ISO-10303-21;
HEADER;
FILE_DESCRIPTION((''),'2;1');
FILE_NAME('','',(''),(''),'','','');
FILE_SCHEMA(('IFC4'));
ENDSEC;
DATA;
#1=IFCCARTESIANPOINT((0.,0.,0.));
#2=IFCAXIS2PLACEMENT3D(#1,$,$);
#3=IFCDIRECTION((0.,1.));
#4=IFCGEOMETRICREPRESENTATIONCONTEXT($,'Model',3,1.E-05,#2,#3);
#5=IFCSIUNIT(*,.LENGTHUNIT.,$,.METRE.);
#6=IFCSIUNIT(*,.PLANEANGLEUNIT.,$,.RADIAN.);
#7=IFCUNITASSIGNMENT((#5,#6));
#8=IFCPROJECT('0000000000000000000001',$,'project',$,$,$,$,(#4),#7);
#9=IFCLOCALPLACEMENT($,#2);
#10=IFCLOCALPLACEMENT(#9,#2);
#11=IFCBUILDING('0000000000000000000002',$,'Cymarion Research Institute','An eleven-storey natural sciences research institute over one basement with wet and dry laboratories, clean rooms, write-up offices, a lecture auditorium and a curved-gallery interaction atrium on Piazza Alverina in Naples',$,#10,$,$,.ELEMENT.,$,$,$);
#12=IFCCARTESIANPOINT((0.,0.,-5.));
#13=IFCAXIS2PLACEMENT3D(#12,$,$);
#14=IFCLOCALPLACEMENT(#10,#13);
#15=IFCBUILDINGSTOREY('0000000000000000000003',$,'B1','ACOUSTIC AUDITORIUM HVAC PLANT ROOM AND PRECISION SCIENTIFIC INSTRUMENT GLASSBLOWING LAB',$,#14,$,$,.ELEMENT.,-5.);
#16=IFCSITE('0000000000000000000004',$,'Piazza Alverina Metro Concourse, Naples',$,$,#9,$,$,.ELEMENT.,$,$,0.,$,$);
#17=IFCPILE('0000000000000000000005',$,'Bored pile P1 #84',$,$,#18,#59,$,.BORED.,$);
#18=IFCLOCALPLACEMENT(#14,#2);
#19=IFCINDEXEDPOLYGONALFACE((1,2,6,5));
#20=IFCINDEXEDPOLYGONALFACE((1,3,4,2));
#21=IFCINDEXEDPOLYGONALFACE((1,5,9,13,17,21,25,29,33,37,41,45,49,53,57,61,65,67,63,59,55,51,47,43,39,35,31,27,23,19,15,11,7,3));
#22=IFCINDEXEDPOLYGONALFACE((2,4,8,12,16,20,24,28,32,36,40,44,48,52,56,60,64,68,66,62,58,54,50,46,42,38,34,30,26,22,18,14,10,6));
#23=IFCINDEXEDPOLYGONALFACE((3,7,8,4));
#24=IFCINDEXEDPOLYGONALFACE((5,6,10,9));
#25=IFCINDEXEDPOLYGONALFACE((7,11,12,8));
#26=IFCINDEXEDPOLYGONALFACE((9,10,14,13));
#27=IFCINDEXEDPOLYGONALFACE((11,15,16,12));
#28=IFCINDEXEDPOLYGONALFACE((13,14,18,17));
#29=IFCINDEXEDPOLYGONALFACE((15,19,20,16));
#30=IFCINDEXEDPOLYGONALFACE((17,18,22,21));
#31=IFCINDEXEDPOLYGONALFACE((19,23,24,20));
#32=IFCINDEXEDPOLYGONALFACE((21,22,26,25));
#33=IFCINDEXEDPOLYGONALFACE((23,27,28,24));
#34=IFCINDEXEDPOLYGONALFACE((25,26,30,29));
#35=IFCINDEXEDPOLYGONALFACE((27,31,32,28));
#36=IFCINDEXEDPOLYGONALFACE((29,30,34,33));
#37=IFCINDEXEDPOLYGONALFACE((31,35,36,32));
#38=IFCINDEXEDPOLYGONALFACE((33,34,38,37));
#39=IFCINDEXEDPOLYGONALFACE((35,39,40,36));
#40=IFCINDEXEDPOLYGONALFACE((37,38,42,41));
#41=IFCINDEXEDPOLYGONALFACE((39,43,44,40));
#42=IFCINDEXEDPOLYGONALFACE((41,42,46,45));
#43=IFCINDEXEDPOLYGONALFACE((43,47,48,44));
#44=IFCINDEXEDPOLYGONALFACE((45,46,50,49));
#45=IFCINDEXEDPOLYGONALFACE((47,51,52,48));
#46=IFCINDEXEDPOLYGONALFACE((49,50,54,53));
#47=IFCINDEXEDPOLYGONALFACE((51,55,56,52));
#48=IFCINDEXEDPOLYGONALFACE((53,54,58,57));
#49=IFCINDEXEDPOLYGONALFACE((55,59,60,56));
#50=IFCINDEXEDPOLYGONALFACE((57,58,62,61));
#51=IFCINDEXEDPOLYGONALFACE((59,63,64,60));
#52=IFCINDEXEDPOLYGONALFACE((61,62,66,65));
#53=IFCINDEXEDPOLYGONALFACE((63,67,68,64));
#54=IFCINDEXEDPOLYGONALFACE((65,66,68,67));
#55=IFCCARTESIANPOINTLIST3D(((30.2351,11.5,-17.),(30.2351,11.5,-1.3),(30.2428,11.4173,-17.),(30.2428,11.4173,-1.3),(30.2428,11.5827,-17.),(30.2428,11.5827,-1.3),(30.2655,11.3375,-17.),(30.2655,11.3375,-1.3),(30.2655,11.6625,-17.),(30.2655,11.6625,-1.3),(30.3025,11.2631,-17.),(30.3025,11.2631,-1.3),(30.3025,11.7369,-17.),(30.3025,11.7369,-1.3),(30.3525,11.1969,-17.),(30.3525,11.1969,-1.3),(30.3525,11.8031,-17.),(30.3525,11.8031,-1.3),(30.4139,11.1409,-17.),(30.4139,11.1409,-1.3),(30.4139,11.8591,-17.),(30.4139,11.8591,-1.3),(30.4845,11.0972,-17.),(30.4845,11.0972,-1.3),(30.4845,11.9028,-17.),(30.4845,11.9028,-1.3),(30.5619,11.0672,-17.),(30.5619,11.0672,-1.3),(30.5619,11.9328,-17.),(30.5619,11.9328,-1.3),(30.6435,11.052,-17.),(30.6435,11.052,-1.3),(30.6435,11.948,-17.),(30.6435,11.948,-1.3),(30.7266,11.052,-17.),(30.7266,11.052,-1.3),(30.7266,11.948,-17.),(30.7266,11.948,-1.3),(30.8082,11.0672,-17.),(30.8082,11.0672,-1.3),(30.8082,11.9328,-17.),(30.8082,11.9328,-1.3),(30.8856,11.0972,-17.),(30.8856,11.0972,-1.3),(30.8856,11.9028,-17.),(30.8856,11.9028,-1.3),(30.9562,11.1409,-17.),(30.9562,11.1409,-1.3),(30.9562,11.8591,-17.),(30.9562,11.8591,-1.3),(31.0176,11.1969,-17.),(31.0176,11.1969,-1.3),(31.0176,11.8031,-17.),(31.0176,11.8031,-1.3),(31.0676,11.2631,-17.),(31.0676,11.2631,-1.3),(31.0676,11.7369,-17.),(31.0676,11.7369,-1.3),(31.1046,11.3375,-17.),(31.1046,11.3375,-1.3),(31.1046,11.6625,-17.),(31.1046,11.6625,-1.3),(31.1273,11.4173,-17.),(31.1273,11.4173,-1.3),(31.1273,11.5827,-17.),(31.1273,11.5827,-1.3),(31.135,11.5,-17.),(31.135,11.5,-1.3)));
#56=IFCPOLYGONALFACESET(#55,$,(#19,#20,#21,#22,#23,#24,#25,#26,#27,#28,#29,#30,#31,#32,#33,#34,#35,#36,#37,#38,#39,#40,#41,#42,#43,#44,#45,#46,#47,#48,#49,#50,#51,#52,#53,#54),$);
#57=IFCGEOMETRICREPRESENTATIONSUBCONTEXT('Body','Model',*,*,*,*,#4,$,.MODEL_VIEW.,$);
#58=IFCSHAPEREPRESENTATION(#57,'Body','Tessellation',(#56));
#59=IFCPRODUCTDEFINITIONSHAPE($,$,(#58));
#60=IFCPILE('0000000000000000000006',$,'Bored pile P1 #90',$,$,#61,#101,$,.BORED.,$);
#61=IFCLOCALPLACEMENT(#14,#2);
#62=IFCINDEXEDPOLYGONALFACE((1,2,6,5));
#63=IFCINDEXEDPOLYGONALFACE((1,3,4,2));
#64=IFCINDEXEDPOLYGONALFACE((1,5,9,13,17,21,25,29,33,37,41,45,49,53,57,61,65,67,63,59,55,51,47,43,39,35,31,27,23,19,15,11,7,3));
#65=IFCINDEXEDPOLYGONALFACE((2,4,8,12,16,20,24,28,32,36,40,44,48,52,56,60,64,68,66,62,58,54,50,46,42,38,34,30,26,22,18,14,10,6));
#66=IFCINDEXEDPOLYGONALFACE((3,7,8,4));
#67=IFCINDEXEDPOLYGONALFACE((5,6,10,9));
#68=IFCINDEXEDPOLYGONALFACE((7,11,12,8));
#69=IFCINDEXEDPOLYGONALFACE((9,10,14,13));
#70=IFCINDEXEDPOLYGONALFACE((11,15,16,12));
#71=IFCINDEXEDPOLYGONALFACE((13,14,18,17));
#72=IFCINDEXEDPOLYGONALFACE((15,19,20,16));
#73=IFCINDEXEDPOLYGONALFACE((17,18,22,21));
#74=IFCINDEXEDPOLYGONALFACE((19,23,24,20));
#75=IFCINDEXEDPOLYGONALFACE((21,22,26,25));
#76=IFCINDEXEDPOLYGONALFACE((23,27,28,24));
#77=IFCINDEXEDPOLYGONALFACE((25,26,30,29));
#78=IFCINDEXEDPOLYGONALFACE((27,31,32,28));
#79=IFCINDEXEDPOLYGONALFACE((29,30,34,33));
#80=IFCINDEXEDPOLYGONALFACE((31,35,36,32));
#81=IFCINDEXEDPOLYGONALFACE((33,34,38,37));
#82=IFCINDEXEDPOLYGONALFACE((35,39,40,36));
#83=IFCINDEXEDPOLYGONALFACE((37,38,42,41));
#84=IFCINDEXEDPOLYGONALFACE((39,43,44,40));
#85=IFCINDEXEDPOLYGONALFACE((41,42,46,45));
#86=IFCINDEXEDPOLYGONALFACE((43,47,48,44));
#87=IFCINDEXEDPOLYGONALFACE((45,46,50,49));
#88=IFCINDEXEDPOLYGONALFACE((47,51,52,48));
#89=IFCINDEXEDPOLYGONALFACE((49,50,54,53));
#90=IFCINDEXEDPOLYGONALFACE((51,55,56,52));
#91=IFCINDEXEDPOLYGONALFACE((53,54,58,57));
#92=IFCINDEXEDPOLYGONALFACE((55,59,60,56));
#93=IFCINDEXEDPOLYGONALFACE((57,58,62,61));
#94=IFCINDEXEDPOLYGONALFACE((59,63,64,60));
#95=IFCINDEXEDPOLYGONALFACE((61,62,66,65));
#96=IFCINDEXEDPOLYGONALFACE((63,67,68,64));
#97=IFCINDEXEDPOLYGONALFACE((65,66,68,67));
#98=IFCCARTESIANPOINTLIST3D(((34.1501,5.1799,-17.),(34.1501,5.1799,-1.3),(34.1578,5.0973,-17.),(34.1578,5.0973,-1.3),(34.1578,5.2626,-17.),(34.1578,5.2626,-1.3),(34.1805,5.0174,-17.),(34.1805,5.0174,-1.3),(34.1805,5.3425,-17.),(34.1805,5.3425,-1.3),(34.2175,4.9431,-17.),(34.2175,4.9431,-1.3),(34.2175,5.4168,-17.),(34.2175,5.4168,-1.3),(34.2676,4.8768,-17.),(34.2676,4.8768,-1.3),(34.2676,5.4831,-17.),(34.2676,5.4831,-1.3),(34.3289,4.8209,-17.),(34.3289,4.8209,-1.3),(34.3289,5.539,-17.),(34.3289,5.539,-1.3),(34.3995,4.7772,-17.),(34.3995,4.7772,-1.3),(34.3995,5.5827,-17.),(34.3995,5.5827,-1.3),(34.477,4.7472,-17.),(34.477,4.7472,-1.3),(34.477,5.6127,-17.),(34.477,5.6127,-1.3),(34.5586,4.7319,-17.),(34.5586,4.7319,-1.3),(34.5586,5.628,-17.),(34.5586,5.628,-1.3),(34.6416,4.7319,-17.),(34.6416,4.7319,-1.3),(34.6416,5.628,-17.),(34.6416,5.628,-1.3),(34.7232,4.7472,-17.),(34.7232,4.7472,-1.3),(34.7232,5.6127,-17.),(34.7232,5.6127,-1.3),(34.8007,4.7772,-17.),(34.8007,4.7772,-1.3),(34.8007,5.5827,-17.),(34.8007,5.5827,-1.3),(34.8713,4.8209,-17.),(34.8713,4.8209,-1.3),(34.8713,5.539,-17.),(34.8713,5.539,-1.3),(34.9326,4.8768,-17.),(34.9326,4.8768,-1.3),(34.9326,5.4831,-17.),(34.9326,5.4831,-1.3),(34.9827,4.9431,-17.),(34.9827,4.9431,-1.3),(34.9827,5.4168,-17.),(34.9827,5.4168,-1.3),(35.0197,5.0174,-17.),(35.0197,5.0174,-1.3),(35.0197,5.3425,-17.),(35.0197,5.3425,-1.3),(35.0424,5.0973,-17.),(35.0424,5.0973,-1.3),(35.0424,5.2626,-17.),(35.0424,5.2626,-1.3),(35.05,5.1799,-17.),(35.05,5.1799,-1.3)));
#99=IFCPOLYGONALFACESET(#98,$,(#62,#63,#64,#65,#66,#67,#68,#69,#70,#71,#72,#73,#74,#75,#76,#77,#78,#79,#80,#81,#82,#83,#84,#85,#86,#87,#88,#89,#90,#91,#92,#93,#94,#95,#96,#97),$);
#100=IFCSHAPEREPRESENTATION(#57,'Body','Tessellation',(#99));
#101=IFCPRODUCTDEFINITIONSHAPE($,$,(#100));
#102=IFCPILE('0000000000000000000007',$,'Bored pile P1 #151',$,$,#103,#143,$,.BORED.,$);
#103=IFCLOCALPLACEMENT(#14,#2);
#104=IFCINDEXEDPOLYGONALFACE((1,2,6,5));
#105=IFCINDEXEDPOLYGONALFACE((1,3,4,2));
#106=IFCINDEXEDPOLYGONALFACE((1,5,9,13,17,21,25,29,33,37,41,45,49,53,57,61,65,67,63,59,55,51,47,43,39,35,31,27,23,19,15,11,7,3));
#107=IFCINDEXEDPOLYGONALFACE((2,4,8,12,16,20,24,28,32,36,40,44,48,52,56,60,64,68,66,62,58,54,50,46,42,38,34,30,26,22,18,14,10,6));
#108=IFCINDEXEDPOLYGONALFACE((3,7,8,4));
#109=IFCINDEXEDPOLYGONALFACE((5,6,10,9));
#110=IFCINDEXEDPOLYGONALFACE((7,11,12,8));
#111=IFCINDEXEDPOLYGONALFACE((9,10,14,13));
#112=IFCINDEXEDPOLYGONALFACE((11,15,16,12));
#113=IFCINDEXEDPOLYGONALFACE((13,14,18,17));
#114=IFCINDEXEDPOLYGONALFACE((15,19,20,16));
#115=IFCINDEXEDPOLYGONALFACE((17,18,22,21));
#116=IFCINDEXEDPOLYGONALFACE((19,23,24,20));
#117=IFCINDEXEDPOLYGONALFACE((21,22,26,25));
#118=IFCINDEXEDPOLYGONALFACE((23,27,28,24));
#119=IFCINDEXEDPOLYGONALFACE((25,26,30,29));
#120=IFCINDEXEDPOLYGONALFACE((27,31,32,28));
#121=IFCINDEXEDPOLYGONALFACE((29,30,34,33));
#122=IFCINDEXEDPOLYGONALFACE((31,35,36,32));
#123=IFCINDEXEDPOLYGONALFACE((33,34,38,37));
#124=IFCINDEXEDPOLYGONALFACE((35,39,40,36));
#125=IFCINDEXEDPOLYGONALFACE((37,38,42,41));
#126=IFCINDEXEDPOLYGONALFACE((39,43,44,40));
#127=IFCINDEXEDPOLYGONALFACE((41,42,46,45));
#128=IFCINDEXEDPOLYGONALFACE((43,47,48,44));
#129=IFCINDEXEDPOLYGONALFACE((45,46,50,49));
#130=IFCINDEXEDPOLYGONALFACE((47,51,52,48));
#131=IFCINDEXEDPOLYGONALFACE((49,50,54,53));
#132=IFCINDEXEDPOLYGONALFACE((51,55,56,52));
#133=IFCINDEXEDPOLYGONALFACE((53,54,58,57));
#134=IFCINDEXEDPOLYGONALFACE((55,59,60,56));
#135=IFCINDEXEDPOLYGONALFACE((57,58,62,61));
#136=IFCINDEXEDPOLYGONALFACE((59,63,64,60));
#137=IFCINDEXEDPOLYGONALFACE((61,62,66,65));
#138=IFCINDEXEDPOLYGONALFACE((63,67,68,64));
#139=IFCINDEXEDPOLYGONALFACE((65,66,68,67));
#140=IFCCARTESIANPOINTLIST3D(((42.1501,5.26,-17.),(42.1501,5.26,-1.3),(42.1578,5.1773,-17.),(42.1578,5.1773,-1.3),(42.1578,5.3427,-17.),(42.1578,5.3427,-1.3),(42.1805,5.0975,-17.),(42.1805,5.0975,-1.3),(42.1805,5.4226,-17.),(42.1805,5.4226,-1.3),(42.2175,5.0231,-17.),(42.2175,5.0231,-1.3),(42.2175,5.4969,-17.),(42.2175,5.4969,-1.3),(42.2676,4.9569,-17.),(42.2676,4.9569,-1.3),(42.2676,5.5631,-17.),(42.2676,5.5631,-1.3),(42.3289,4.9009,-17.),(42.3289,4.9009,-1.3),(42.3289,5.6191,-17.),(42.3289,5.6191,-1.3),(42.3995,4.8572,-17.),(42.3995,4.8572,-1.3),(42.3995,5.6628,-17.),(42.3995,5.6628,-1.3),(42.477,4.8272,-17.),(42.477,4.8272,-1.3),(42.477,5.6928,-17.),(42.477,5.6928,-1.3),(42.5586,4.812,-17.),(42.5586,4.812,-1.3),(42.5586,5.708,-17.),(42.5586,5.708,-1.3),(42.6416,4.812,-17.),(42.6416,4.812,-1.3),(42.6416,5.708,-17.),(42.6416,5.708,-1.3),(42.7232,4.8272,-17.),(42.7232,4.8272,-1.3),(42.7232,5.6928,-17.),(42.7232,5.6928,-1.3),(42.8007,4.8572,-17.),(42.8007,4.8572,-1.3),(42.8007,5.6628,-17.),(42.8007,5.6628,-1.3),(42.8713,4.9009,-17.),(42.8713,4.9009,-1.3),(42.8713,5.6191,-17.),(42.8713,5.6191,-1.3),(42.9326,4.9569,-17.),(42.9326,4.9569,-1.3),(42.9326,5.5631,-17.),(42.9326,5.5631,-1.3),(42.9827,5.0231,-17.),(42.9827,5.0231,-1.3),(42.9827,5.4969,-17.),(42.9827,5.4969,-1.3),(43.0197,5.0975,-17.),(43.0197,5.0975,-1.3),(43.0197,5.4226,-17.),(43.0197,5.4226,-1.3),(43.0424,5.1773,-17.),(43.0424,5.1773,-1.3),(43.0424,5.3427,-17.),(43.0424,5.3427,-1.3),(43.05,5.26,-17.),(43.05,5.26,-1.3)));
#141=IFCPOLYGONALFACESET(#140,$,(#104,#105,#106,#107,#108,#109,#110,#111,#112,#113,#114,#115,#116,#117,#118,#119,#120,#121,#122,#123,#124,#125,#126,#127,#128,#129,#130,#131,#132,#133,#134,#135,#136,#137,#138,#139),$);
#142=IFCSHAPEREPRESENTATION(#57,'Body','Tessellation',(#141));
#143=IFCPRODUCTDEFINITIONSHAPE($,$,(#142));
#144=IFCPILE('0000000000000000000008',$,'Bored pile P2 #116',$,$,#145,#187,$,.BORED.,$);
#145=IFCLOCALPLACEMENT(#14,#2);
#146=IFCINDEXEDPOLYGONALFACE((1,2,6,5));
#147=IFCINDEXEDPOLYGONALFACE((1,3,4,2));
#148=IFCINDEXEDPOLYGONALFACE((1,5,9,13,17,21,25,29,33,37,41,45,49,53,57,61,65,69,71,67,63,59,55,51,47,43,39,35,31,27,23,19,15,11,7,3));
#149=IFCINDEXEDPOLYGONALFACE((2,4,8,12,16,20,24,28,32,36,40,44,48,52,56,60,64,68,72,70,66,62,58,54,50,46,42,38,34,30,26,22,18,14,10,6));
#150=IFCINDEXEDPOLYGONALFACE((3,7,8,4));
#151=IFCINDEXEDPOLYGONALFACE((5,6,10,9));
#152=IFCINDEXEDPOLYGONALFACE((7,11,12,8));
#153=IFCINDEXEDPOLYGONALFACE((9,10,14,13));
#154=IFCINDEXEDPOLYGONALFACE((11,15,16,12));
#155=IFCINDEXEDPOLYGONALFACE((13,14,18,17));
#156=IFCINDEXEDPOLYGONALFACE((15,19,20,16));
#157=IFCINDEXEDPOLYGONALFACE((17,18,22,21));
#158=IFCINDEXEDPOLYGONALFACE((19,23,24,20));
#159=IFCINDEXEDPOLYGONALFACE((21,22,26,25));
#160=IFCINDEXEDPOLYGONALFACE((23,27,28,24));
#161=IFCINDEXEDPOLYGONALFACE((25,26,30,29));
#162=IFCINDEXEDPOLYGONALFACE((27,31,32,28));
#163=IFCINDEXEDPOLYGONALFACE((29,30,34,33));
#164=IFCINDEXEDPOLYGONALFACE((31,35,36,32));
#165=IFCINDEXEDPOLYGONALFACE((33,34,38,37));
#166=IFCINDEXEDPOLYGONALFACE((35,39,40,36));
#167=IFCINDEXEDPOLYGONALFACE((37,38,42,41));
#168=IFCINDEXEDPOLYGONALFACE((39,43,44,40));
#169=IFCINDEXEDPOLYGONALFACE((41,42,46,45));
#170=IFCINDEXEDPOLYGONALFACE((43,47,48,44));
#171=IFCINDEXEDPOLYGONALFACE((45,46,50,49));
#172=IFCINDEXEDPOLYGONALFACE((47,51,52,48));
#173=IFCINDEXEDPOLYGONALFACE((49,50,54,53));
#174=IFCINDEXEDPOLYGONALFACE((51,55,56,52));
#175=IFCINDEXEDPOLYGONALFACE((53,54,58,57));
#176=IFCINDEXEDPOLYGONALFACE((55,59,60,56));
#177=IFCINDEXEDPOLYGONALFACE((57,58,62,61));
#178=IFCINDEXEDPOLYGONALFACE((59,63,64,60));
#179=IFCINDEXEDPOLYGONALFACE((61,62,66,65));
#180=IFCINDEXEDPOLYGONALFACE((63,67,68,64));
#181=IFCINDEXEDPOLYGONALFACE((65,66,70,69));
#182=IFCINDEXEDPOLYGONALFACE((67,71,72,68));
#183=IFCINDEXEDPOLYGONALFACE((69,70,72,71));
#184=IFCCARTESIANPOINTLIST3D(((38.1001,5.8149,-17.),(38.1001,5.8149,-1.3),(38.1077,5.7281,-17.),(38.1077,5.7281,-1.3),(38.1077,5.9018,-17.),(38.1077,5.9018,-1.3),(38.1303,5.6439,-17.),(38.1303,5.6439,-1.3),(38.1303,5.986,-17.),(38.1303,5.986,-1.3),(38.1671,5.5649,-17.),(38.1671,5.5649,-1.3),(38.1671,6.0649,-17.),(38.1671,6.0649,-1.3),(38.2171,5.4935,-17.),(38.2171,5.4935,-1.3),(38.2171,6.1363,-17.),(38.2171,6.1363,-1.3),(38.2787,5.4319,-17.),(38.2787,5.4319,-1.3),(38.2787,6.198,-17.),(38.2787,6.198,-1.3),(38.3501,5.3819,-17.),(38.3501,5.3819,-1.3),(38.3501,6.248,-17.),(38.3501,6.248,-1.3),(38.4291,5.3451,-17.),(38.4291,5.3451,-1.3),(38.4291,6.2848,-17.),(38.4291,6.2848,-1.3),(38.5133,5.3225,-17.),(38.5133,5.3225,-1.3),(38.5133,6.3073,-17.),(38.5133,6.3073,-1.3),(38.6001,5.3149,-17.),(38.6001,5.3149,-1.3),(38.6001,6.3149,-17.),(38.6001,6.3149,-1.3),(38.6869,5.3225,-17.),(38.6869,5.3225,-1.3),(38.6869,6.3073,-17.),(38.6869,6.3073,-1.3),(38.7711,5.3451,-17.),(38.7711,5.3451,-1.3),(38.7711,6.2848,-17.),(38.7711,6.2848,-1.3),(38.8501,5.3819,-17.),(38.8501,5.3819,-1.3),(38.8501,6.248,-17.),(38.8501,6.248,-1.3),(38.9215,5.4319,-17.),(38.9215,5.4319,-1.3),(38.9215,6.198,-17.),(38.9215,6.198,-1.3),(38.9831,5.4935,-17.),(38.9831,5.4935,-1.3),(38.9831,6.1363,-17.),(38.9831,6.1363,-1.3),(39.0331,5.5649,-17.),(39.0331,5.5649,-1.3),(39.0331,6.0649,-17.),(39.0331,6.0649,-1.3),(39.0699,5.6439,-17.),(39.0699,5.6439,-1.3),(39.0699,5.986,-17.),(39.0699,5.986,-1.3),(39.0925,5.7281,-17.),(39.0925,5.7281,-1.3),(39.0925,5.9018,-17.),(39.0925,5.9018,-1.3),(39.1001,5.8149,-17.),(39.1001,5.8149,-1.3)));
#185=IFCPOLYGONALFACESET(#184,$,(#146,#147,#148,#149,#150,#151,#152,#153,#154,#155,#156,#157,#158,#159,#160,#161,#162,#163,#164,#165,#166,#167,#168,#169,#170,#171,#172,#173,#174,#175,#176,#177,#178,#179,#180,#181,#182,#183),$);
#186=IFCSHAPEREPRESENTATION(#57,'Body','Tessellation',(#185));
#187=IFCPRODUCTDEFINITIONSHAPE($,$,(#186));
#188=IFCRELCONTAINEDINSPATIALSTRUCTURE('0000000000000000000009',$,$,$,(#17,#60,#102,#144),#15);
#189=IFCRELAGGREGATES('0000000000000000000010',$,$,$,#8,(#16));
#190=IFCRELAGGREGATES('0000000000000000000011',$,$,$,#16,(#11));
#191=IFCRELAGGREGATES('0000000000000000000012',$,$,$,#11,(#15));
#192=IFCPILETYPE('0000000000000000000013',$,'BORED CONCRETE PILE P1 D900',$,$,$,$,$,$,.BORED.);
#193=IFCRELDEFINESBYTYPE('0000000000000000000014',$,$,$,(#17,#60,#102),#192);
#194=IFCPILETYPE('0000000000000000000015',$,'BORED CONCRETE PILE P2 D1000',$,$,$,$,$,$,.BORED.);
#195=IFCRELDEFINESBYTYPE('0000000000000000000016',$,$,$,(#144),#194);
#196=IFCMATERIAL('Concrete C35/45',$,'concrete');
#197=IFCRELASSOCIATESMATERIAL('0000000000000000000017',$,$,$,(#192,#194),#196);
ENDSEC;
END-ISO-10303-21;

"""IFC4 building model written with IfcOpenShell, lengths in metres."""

from ifc_helpers import new_model, si_unit, direction, frame, origin, origin_2d, place, context, subcontext, project, spatial, circle, extrude, material, material_profile, profile_set, type_object, element, save


model = new_model("IFC4")

# Units and contexts
model_context = context("Model", 3, precision=1e-05, world=origin(), true_north=direction((0.0, 1.0)))
body_context = subcontext(model_context, "Body", "Model", "MODEL_VIEW")
ifc_project = project(units=[si_unit("LENGTHUNIT", "METRE"), si_unit("PLANEANGLEUNIT", "RADIAN")], contexts=[model_context])

# Site, building, storey
site_placement = place(None, origin())
site = spatial("IfcSite", under=ifc_project, at=site_placement, Name="Piazza Alverina Metro Concourse, Naples", CompositionType="ELEMENT", RefElevation=0.0)
building_placement = place(site_placement, origin())
building = spatial("IfcBuilding", under=site, at=building_placement, Name="Cymarion Research Institute", Description="An eleven-storey natural sciences research institute over one basement with wet and dry laboratories, clean rooms, write-up offices, a lecture auditorium and a curved-gallery interaction atrium on Piazza Alverina in Naples", CompositionType="ELEMENT")
storey_placement = place(building_placement, frame((0.0, 0.0, -5.0)))
storey = spatial("IfcBuildingStorey", under=building, at=storey_placement, Name="B1", Description="ACOUSTIC AUDITORIUM HVAC PLANT ROOM AND PRECISION SCIENTIFIC INSTRUMENT GLASSBLOWING LAB", CompositionType="ELEMENT", Elevation=-5.0)

# Piles
ifc_material_1 = material(Name="Concrete C35/45", Category="concrete")
ifc_material_profile_1 = material_profile(ifc_material_1, circle(Radius=0.45, at=origin_2d()), Name="BORED PILE D900")
ifc_profile_set_1 = profile_set([ifc_material_profile_1], Name="Concrete C35/45")
pile_type_1 = type_object("IfcPileType", Name="BORED CONCRETE PILE P1 D900", PredefinedType="BORED", material=ifc_profile_set_1)
for number, where, z_axis, x_axis, name in (
    (1, (30.6851, 11.5, -1.3), (0.0, 0.0, -1.0), (1.0, 0.0, 0.0), "Bored pile P1 #84"),
    (2, (34.6001, 5.1799, -1.3), (0.0, 0.0, -1.0), (1.0, 0.0, 0.0), "Bored pile P1 #90"),
    (3, (42.6001, 5.26, -1.3), (0.0, 0.0, -1.0), (1.0, 0.0, 0.0), "Bored pile P1 #151"),
):
    element("IfcPile", number, at=place(storey_placement, frame(where, z_axis=z_axis, x_axis=x_axis)), inside=storey, type_object=pile_type_1, Name=name, PredefinedType="BORED", context=body_context, shape_type="SweptSolid", body=[
        extrude(circle(Radius=0.45, at=origin_2d()), origin(), (0.0, 0.0, 1.0), 15.7),
    ])
ifc_material_profile_2 = material_profile(ifc_material_1, circle(Radius=0.5, at=origin_2d()), Name="BORED PILE D1000")
ifc_profile_set_2 = profile_set([ifc_material_profile_2], Name="Concrete C35/45")
pile_type_2 = type_object("IfcPileType", Name="BORED CONCRETE PILE P2 D1000", PredefinedType="BORED", material=ifc_profile_set_2)
for number, where, z_axis, x_axis, name in (
    (4, (38.6001, 5.8149, -1.3), (0.0, 0.0, -1.0), (1.0, 0.0, 0.0), "Bored pile P2 #116"),
):
    element("IfcPile", number, at=place(storey_placement, frame(where, z_axis=z_axis, x_axis=x_axis)), inside=storey, type_object=pile_type_2, Name=name, PredefinedType="BORED", context=body_context, shape_type="SweptSolid", body=[
        extrude(circle(Radius=0.5, at=origin_2d()), origin(), (0.0, 0.0, 1.0), 15.7),
    ])

save(model, "model.ifc")
